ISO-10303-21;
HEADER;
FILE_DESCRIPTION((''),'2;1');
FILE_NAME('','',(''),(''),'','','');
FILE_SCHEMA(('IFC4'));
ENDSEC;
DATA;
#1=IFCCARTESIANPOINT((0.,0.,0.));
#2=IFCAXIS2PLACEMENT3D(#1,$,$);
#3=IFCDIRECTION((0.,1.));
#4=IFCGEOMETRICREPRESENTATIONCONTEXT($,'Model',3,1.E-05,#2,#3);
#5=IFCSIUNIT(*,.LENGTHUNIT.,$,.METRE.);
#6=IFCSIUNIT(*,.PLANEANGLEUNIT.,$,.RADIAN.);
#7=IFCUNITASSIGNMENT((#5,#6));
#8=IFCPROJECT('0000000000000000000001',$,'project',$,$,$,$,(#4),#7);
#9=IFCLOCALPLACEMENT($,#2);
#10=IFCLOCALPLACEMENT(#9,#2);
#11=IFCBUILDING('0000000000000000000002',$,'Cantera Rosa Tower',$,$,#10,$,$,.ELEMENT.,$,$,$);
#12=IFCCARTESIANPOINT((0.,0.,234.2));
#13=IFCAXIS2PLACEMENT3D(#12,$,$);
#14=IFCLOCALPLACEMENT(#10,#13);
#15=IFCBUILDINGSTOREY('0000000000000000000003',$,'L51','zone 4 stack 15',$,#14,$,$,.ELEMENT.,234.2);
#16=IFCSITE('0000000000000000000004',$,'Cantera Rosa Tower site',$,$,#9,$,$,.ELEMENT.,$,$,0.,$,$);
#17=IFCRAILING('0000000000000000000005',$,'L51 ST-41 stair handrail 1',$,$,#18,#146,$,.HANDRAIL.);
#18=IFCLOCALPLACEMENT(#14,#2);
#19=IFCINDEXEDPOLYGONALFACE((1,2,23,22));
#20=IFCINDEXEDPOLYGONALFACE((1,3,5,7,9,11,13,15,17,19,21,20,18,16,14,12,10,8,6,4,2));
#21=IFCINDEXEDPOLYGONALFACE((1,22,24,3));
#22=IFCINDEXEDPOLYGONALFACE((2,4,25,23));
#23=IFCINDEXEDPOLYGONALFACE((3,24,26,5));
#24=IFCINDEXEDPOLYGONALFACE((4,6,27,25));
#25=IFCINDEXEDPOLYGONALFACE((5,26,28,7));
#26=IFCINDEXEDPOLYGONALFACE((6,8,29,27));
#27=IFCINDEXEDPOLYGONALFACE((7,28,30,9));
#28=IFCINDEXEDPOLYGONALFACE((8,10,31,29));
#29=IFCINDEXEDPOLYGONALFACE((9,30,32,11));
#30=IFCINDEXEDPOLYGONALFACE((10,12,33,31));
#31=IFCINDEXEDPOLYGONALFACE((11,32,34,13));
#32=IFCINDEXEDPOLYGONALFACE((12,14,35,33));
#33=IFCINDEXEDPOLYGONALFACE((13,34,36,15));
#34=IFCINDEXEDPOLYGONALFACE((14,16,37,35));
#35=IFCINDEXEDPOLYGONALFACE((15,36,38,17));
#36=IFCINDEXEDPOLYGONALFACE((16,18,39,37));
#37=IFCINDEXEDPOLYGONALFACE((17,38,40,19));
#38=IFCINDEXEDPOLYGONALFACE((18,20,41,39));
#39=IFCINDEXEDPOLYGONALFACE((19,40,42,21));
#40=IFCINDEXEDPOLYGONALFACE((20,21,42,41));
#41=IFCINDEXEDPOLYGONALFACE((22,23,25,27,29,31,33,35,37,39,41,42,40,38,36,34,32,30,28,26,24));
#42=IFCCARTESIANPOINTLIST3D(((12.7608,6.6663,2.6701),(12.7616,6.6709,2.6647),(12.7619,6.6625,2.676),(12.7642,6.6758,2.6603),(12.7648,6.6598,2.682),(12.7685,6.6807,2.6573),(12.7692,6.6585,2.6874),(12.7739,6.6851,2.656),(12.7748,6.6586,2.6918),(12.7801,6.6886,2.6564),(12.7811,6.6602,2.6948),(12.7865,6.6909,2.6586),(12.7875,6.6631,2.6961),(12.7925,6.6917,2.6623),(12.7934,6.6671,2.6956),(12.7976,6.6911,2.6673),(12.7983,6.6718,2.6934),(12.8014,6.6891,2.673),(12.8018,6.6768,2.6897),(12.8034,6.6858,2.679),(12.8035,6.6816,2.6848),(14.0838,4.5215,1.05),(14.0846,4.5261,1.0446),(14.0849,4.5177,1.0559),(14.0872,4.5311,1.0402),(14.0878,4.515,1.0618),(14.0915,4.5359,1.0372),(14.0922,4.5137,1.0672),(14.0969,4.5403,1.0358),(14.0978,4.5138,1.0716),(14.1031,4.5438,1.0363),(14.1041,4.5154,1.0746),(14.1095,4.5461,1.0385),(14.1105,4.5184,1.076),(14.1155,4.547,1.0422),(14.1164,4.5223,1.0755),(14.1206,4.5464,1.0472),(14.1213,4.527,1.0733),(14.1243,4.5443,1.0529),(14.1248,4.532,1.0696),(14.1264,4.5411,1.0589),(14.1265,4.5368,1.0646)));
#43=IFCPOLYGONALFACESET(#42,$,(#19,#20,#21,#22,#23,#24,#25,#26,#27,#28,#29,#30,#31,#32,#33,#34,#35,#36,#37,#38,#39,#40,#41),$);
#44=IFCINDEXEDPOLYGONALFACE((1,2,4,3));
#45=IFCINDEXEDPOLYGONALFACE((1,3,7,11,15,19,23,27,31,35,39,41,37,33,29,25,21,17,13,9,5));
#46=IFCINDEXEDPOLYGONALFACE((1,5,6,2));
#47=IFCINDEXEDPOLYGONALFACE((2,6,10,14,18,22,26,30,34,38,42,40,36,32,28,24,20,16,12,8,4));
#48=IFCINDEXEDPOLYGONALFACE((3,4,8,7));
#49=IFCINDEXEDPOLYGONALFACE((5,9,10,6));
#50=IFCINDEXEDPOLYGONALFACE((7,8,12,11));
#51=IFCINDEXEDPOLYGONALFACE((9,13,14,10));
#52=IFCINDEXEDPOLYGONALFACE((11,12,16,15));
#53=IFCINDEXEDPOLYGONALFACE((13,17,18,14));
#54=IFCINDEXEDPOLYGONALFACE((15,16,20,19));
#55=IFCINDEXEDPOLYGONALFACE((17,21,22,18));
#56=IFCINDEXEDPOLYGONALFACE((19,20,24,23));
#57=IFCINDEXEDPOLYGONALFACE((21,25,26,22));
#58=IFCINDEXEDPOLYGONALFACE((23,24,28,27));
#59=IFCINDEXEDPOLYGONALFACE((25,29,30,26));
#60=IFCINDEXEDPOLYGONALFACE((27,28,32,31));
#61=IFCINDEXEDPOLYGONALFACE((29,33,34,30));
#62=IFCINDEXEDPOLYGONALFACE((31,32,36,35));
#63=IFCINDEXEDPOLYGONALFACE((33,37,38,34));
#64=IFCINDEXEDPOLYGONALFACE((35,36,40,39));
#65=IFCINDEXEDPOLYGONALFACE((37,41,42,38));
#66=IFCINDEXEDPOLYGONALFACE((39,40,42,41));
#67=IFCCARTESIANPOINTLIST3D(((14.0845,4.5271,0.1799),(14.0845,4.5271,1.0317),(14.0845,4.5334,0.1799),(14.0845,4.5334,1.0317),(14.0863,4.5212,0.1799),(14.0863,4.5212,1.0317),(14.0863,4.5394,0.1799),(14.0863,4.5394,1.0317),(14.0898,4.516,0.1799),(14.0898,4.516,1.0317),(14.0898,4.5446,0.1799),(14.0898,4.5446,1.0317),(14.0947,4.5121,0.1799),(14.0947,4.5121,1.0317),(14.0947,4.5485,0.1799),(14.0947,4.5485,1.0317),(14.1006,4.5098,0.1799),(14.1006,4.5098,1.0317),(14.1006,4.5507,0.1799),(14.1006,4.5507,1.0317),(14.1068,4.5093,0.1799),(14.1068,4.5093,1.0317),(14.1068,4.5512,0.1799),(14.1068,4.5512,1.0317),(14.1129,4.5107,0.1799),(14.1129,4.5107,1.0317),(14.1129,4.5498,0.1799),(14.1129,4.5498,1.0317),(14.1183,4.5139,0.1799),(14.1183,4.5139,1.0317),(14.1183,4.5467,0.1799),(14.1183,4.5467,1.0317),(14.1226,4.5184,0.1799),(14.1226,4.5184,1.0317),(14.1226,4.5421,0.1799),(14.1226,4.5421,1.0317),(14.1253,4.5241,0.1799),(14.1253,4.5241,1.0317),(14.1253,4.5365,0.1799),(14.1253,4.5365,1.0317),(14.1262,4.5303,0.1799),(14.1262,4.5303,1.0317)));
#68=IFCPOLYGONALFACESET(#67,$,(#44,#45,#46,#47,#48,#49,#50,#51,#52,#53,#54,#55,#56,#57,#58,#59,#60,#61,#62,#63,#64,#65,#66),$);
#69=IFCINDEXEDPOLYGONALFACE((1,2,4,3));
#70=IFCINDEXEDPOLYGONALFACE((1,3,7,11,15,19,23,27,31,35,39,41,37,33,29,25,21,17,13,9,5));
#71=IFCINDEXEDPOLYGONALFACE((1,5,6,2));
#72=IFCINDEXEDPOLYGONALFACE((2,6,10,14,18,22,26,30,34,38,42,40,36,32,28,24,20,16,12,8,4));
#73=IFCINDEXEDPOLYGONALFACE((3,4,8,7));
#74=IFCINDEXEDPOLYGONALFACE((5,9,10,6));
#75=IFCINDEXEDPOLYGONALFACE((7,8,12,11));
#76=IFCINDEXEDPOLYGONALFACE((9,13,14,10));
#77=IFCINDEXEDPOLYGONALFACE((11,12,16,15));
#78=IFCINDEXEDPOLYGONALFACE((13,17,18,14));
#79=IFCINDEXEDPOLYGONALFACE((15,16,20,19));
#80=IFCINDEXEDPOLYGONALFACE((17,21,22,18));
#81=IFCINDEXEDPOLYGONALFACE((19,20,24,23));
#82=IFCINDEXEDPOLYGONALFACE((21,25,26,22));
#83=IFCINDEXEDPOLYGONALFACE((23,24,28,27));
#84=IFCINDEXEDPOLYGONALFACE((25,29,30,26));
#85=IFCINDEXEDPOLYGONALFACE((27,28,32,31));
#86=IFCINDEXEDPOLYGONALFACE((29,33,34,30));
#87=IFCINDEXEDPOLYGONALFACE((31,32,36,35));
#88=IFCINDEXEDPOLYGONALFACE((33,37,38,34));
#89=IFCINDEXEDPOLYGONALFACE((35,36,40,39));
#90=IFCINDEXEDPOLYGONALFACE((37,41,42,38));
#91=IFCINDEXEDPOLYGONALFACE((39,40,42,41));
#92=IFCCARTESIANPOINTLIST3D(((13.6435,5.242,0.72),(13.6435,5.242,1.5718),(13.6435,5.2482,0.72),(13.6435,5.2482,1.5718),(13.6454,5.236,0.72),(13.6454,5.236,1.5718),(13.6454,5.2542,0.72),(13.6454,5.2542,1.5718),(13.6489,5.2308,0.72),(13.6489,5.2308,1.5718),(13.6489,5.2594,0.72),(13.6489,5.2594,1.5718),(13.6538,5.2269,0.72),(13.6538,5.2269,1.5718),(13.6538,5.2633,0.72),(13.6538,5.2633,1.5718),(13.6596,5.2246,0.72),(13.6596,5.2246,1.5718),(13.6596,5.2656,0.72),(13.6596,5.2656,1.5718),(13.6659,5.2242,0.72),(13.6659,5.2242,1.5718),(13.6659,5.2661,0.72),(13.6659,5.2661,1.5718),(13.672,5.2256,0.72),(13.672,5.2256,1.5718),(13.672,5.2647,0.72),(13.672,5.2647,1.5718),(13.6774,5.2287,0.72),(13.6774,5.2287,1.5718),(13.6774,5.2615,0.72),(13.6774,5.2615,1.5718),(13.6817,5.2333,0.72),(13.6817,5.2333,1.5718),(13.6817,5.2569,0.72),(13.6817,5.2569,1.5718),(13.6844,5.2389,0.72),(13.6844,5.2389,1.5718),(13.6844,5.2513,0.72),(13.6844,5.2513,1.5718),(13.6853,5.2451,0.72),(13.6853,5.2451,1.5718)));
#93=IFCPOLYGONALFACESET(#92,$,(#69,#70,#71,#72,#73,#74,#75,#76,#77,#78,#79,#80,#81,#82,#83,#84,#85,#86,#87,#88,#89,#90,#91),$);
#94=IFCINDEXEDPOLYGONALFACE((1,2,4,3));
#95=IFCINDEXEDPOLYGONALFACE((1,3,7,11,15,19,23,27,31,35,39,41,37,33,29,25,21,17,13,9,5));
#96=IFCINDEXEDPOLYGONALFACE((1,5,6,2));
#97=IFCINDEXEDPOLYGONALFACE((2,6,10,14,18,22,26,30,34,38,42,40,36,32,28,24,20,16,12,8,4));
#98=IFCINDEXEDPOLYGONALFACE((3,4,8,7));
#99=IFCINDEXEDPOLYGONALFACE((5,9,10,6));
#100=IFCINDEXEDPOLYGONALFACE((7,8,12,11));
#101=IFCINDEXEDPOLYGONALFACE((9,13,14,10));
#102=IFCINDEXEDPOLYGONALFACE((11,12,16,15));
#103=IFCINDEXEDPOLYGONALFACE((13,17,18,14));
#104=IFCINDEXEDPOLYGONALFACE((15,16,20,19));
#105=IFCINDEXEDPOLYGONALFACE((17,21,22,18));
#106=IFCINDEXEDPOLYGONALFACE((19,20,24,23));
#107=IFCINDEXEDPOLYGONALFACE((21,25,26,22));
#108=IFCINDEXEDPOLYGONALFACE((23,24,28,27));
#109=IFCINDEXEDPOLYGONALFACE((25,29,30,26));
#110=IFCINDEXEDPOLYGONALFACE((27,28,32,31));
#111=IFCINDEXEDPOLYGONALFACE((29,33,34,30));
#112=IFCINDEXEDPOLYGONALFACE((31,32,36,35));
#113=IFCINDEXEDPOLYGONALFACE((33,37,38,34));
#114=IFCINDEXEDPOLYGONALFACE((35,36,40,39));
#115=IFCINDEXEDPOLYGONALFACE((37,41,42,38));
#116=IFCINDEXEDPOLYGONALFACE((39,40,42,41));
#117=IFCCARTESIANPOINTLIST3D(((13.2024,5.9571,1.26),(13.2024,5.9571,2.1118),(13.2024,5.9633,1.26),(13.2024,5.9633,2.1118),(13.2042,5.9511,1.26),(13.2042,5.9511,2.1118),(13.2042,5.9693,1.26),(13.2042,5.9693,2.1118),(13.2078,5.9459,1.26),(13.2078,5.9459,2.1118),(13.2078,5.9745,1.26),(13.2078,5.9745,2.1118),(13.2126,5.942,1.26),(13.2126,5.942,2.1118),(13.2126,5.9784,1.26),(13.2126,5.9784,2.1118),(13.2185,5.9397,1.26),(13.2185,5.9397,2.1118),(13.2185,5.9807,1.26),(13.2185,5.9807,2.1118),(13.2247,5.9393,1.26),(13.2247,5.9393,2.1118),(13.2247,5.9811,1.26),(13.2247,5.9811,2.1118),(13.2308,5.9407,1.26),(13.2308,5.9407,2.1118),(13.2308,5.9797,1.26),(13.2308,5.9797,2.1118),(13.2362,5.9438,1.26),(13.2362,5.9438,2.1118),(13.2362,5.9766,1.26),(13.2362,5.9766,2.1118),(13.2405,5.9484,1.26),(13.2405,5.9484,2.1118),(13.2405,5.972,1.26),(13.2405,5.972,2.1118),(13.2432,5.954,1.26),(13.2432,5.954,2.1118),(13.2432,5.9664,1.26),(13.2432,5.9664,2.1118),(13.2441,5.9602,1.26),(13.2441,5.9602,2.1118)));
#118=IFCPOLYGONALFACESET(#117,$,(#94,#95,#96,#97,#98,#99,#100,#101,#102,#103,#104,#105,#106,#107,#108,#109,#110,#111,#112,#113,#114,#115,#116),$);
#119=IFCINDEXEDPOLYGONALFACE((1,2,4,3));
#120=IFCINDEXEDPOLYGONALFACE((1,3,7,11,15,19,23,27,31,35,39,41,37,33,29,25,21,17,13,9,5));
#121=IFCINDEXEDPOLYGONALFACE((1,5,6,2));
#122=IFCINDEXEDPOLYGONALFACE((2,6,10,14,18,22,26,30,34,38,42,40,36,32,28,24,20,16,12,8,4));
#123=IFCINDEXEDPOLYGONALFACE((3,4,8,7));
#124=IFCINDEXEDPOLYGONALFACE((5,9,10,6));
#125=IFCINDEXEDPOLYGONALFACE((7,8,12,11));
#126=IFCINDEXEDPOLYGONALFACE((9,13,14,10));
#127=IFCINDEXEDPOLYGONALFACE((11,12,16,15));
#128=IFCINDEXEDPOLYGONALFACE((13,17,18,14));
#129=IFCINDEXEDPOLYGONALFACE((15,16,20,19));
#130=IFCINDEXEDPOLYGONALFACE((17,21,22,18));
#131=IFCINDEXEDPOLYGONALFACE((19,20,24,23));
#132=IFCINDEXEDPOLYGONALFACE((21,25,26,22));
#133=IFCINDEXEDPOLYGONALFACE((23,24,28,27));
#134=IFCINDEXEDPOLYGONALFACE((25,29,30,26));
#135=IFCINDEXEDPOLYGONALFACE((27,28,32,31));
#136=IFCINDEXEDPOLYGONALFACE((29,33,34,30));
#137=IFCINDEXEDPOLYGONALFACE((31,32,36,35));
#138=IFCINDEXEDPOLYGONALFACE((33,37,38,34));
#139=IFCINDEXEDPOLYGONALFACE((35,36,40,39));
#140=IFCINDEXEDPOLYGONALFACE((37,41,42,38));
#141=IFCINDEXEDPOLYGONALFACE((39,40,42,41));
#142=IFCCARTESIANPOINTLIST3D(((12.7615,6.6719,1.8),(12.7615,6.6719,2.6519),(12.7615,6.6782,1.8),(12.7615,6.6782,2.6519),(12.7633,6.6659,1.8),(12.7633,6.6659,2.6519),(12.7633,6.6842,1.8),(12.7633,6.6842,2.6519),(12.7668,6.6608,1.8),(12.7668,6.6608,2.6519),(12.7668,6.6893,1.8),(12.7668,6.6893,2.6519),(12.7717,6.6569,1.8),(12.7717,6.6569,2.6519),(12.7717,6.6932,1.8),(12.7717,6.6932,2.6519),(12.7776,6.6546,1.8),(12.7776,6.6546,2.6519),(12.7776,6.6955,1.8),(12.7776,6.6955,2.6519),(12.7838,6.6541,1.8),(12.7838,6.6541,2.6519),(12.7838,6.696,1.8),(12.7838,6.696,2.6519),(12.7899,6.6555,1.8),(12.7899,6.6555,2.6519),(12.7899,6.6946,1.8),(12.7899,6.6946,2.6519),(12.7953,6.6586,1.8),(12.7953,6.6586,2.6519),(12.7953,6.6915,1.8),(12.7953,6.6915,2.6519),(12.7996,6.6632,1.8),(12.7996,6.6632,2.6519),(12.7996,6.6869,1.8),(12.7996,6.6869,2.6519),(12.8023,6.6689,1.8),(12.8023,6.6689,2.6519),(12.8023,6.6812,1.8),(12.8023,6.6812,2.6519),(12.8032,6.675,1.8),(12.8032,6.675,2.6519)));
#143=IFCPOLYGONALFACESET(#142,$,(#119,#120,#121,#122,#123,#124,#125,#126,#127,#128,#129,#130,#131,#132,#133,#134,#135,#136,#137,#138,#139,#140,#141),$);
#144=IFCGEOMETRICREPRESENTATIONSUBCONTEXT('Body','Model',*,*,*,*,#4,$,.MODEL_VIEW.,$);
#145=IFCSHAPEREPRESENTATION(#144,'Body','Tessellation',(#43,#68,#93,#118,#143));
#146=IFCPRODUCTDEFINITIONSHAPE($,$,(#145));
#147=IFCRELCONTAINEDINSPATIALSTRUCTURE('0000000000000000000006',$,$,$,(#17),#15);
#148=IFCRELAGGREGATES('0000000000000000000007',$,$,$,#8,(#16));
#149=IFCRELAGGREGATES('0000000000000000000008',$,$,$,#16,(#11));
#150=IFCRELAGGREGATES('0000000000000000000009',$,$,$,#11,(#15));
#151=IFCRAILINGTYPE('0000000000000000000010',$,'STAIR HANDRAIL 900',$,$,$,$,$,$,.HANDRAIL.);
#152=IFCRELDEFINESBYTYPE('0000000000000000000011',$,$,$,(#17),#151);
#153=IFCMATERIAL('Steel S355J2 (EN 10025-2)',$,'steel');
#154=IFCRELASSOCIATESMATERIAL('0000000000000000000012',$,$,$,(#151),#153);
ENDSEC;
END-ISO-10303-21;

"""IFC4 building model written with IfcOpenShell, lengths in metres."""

from ifc_helpers import new_model, si_unit, direction, frame, origin, origin_2d, place, context, subcontext, project, spatial, circle, extrude, material, type_object, element, save


model = new_model("IFC4")

# Units and contexts
model_context = context("Model", 3, precision=1e-05, world=origin(), true_north=direction((0.0, 1.0)))
body_context = subcontext(model_context, "Body", "Model", "MODEL_VIEW")
ifc_project = project(units=[si_unit("LENGTHUNIT", "METRE"), si_unit("PLANEANGLEUNIT", "RADIAN")], contexts=[model_context])

# Site, building, storey
site_placement = place(None, origin())
site = spatial("IfcSite", under=ifc_project, at=site_placement, Name="Cantera Rosa Tower site", CompositionType="ELEMENT", RefElevation=0.0)
building_placement = place(site_placement, origin())
building = spatial("IfcBuilding", under=site, at=building_placement, Name="Cantera Rosa Tower", CompositionType="ELEMENT")
storey_placement = place(building_placement, frame((0.0, 0.0, 234.2)))
storey = spatial("IfcBuildingStorey", under=building, at=storey_placement, Name="L51", Description="zone 4 stack 15", CompositionType="ELEMENT", Elevation=234.2)

# Railing
ifc_material_1 = material(Name="Steel S355J2 (EN 10025-2)", Category="steel")
railing_type_1 = type_object("IfcRailingType", Name="STAIR HANDRAIL 900", PredefinedType="HANDRAIL", material=ifc_material_1)
railing_1_placement = place(storey_placement, frame((14.1052, 4.5303, 0.1799)))
element("IfcRailing", 1, at=railing_1_placement, inside=storey, type_object=railing_type_1, Name="L51 ST-41 stair handrail 1", PredefinedType="HANDRAIL", context=body_context, shape_type="SweptSolid", body=[
    extrude(circle(Radius=0.0239, at=origin_2d()), frame((0.0, 0.0, 0.876), z_axis=(-0.441609, 0.715914, 0.540786), x_axis=(-0.851102, -0.525, 0.0)), (0.0, 0.0, 1.0), 2.9958),
    extrude(circle(Radius=0.021, at=origin_2d()), origin(), (0.0, 0.0, 1.0), 0.8518),
    extrude(circle(Radius=0.021, at=origin_2d()), frame((-0.4409, 0.7148, 0.54)), (0.0, 0.0, 1.0), 0.8518),
    extrude(circle(Radius=0.021, at=origin_2d()), frame((-0.8821, 1.4299, 1.0801)), (0.0, 0.0, 1.0), 0.8518),
    extrude(circle(Radius=0.021, at=origin_2d()), frame((-1.323, 2.1448, 1.6201)), (0.0, 0.0, 1.0), 0.8518),
])

save(model, "model.ifc")
